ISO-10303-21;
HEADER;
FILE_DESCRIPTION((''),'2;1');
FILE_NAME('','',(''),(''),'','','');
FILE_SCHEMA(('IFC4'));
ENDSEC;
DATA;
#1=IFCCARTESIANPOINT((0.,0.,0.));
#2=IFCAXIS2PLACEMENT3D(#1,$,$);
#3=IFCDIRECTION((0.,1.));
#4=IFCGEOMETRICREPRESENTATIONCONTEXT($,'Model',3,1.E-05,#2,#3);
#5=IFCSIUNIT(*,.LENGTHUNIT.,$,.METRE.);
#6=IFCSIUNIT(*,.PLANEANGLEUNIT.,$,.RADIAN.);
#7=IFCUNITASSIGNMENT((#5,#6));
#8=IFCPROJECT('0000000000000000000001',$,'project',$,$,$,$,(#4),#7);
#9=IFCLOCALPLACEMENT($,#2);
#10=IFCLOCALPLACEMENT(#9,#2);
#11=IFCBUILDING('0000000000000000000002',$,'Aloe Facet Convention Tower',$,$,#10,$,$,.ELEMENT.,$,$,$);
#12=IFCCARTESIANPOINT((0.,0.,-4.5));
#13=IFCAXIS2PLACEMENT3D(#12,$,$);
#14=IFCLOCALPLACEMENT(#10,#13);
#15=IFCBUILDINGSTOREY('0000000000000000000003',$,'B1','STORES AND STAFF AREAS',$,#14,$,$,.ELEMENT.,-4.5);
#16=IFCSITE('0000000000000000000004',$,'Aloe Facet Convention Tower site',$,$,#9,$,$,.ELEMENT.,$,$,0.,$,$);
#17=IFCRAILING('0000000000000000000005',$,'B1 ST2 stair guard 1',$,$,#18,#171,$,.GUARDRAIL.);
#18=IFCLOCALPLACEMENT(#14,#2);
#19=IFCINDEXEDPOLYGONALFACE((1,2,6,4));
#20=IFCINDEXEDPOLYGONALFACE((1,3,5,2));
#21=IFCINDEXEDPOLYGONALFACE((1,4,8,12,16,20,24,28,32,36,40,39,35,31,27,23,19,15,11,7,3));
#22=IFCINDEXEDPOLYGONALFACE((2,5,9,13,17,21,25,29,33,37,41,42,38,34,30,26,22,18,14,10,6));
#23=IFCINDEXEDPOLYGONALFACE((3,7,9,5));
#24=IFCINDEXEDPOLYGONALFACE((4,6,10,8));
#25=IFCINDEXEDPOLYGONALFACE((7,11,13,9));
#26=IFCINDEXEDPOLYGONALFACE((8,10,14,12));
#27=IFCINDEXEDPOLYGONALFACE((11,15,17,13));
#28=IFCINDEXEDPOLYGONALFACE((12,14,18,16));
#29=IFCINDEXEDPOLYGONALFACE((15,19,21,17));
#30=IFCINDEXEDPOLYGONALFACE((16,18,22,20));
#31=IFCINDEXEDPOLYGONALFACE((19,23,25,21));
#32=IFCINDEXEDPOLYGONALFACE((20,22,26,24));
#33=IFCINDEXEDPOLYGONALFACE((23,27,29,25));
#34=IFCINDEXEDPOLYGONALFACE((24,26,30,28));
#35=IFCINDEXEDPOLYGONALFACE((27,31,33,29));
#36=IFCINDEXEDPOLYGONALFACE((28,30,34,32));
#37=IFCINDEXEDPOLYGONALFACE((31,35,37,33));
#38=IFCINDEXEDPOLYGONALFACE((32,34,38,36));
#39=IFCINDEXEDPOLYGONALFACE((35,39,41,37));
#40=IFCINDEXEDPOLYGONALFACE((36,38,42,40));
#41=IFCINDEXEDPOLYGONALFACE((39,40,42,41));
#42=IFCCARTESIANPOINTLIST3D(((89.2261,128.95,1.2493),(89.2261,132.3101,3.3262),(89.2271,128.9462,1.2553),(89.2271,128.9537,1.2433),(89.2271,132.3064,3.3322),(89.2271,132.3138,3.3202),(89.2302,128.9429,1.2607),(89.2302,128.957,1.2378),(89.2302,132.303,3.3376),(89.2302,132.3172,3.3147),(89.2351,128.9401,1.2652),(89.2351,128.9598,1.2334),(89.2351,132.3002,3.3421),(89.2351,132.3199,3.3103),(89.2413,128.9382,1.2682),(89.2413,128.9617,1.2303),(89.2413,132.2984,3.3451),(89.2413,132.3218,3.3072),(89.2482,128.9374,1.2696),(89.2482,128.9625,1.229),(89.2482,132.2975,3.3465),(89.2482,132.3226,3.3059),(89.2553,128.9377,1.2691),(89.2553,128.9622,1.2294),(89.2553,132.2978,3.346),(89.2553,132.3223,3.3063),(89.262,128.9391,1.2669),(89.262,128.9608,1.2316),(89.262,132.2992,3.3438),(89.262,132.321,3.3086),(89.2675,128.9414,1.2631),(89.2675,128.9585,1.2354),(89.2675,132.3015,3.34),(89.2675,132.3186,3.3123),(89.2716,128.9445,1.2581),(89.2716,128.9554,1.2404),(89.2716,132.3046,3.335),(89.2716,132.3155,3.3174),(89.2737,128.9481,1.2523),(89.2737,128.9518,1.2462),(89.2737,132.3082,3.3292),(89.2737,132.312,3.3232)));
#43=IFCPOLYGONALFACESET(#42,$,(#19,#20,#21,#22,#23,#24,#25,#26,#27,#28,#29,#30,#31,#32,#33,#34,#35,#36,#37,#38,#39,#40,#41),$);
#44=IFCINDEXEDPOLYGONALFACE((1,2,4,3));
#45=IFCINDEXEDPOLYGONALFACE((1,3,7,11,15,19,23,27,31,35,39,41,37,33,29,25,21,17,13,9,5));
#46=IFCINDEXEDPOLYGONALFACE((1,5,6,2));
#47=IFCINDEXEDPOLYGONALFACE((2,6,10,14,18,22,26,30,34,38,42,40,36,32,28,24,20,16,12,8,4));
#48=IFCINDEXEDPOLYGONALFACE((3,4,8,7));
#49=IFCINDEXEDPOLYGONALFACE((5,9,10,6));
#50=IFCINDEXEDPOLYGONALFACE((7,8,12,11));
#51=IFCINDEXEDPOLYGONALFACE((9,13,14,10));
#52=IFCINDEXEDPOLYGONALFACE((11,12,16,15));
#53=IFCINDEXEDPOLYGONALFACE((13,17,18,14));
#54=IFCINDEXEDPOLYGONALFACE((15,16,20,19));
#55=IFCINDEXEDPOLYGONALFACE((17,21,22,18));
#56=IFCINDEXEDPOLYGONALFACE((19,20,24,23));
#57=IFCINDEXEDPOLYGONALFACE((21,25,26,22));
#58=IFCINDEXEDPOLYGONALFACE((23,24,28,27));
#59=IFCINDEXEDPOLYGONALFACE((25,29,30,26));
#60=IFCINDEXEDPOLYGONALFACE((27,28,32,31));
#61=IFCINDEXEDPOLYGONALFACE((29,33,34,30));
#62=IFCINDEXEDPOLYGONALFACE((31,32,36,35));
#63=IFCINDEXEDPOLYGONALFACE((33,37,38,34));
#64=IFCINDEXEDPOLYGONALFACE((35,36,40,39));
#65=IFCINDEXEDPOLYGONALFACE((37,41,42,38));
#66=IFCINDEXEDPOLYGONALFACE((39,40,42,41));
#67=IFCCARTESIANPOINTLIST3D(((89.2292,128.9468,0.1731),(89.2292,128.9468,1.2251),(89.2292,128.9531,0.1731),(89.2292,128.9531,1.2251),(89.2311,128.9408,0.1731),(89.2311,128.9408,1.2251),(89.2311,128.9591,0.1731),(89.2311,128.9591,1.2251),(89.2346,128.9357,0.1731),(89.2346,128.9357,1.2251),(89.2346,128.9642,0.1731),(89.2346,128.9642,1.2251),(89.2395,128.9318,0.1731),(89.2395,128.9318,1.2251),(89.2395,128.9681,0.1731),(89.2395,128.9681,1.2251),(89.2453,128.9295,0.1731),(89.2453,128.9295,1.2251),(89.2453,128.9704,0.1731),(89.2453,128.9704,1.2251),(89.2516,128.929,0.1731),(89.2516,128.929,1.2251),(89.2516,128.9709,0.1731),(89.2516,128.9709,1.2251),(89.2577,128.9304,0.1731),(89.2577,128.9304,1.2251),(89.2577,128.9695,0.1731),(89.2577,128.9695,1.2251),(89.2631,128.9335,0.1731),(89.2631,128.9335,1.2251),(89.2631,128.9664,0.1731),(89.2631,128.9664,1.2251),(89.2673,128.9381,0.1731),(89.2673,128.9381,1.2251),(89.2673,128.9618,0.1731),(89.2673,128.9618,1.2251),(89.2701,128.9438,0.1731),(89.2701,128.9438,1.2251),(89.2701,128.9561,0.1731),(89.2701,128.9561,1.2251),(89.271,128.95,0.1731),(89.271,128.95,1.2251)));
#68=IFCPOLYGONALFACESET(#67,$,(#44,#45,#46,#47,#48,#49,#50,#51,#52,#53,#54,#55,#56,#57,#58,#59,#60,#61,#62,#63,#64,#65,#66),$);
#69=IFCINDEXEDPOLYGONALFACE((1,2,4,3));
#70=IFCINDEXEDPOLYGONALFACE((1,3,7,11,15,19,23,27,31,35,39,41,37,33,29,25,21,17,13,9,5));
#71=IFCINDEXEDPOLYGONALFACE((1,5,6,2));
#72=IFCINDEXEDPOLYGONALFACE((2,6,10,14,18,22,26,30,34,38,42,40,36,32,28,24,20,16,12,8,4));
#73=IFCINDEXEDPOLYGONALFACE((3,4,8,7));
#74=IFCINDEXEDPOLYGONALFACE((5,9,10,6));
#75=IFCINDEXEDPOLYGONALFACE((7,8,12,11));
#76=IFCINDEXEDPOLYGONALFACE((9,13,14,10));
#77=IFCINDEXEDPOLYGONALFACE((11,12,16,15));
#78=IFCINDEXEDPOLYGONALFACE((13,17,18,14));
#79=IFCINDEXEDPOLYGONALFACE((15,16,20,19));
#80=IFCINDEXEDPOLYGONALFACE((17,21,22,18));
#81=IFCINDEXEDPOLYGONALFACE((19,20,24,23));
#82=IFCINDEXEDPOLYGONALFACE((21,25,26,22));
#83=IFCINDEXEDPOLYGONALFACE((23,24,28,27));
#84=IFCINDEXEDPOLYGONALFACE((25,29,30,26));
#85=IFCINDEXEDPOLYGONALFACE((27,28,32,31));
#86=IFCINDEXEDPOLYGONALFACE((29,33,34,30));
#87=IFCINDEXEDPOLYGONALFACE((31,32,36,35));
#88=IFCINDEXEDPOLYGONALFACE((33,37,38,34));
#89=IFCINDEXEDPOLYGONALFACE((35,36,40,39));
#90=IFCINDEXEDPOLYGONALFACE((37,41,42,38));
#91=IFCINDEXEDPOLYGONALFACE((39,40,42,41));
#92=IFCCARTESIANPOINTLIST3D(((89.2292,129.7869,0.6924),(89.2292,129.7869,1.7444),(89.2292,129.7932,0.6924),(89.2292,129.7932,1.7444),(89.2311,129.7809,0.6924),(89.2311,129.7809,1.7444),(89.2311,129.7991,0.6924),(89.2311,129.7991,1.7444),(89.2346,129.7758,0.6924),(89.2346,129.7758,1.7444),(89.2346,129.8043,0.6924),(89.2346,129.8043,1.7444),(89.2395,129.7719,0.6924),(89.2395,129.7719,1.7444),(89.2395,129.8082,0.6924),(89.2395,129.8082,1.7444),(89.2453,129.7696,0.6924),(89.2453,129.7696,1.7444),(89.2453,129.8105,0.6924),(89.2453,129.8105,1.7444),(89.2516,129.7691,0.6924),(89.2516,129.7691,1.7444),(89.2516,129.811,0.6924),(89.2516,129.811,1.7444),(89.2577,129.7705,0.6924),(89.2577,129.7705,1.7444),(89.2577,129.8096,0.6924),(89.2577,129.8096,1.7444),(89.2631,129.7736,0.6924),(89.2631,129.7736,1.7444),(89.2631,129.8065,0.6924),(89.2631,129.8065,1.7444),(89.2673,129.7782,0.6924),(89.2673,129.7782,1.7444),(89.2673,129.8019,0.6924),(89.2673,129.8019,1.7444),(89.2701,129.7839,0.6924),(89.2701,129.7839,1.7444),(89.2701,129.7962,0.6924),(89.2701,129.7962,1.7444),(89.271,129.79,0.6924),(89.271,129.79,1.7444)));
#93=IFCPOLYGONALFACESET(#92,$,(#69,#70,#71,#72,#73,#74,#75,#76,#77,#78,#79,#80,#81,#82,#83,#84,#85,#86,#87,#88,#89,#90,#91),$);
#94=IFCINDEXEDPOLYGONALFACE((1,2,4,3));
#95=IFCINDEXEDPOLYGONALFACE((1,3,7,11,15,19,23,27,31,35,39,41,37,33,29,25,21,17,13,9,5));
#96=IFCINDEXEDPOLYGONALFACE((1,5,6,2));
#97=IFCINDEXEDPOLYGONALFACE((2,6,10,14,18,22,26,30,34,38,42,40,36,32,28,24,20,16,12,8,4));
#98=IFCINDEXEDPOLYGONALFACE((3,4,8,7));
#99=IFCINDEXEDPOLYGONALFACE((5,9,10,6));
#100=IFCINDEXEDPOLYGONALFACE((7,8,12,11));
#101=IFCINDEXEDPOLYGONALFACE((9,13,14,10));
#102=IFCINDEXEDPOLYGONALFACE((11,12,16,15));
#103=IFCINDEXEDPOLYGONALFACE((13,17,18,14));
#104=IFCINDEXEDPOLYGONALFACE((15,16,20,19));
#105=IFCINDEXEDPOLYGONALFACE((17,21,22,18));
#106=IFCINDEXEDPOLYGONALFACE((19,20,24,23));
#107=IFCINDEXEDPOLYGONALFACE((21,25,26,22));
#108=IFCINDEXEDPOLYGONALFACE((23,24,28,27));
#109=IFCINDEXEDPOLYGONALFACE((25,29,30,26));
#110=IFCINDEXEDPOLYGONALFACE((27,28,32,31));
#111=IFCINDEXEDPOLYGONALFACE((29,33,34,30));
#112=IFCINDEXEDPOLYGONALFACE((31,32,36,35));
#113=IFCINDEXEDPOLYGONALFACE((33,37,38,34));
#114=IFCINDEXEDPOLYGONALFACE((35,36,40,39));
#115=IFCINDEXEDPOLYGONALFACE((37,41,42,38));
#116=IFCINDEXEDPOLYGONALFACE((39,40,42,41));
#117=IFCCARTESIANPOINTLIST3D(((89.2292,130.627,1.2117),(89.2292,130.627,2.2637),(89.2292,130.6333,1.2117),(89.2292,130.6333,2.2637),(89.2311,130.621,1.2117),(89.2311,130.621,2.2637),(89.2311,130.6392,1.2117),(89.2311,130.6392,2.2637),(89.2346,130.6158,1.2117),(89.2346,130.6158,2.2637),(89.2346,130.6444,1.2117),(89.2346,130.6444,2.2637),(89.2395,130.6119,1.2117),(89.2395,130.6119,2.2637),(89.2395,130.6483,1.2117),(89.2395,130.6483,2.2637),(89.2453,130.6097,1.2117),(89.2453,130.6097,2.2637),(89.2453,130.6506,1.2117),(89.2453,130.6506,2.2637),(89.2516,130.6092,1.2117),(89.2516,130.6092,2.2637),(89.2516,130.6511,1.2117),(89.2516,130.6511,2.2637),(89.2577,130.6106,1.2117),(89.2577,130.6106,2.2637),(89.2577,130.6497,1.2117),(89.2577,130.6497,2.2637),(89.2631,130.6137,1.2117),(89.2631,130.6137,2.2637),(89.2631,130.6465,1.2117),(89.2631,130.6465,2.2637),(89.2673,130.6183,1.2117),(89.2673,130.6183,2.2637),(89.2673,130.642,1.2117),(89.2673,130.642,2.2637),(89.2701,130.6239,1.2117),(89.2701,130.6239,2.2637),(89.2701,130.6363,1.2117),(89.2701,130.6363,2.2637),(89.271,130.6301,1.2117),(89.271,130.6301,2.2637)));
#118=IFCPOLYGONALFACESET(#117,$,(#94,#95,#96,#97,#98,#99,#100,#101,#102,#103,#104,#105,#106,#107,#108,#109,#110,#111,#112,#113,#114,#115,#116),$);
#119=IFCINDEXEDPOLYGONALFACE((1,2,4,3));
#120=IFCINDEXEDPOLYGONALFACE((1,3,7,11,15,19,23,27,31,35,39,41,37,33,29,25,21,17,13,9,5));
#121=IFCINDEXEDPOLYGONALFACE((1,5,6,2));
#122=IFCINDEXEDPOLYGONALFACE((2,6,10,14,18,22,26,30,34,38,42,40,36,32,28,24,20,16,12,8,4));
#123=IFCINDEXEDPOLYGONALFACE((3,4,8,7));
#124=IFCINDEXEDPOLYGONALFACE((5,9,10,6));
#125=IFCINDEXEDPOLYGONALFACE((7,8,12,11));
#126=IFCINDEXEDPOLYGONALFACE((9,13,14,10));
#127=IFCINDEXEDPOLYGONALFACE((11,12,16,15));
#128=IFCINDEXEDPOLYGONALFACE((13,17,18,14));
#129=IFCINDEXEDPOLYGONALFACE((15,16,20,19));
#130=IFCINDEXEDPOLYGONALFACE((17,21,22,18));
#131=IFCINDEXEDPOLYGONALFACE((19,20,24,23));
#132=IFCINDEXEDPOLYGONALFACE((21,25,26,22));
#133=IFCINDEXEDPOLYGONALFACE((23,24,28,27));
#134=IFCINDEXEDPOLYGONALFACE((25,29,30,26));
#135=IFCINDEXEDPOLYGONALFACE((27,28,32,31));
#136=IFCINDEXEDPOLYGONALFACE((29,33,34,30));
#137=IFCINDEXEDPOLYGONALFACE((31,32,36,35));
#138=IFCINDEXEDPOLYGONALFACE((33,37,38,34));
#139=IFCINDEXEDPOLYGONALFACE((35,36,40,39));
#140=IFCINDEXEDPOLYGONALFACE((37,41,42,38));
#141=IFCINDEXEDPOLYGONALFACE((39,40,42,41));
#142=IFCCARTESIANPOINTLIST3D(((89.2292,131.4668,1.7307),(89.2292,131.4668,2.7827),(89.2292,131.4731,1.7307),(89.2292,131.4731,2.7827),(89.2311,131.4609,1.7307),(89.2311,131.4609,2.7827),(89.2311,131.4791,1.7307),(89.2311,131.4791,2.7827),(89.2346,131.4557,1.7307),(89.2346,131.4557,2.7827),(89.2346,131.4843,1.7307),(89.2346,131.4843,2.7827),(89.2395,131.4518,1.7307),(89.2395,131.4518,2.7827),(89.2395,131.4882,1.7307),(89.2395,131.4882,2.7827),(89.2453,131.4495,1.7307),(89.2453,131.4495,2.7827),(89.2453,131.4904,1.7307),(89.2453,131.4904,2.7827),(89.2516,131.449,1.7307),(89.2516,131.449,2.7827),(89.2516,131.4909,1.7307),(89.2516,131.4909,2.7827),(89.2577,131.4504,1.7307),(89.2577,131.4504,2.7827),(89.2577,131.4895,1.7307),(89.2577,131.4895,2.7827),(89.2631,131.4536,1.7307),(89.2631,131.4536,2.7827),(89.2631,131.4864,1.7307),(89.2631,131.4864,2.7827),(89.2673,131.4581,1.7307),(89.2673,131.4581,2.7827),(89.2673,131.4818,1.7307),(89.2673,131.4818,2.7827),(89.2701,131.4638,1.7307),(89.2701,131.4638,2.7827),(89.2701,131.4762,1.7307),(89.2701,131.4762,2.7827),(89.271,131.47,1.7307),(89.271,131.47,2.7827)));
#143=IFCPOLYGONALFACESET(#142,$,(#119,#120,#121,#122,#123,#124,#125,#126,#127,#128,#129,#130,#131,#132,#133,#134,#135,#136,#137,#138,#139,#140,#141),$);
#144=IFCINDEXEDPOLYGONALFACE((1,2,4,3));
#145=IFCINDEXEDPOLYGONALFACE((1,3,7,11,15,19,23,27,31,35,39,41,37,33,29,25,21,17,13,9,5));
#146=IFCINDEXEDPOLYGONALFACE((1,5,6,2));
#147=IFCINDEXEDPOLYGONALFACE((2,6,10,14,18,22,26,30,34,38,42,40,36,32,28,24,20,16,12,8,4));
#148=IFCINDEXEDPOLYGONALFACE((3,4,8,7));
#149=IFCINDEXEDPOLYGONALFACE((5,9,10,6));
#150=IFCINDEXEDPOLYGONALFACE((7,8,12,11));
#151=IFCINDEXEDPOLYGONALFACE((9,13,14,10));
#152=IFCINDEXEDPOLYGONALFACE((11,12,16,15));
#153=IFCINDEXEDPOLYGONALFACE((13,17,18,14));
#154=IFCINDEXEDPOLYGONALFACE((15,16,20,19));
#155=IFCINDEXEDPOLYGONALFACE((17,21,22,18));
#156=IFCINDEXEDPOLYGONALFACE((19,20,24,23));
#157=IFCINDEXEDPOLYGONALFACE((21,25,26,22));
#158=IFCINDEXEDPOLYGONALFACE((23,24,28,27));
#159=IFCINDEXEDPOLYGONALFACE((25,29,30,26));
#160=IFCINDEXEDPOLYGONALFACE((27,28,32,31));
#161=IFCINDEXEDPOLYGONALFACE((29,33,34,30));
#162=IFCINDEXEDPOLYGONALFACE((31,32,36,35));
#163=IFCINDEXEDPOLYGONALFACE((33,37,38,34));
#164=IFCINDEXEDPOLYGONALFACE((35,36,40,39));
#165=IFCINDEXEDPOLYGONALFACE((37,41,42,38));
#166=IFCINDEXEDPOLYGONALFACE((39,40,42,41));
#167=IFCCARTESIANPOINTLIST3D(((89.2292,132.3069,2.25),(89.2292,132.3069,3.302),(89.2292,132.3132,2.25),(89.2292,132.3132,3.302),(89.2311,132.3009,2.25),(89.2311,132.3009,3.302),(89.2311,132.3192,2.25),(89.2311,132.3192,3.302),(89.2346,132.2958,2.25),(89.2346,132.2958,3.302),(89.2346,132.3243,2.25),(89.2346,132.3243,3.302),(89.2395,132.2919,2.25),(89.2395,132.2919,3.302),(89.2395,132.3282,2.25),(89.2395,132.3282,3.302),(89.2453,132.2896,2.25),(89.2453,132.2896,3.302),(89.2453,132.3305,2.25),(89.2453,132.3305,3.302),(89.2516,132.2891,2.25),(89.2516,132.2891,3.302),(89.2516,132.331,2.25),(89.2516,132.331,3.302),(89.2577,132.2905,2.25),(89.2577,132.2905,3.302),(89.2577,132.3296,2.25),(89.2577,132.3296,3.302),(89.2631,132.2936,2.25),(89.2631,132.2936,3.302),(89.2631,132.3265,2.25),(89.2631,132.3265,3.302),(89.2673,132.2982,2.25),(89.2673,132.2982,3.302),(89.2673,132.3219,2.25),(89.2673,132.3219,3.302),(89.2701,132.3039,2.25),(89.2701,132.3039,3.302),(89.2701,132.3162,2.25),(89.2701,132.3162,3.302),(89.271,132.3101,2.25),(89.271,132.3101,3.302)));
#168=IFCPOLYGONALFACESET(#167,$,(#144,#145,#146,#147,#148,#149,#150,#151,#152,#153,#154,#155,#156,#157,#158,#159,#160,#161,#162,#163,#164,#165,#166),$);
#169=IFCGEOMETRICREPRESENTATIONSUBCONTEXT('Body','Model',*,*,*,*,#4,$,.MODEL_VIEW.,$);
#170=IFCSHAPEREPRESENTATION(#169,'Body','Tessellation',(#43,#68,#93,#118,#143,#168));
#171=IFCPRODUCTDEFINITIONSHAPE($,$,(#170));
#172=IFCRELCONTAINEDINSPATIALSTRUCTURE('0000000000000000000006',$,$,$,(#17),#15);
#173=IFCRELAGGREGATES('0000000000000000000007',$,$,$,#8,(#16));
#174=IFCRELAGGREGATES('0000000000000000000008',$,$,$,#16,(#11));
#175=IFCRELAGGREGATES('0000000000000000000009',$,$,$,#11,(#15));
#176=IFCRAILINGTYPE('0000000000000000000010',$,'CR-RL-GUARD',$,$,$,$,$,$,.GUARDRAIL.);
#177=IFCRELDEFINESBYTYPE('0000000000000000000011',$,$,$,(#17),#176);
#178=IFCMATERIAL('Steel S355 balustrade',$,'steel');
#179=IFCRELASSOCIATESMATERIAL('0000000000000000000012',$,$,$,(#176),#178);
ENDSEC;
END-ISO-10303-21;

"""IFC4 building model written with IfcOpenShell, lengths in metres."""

from ifc_helpers import new_model, si_unit, direction, frame, origin, origin_2d, place, context, subcontext, project, spatial, circle, extrude, material, type_object, element, save


model = new_model("IFC4")

# Units and contexts
model_context = context("Model", 3, precision=1e-05, world=origin(), true_north=direction((0.0, 1.0)))
body_context = subcontext(model_context, "Body", "Model", "MODEL_VIEW")
ifc_project = project(units=[si_unit("LENGTHUNIT", "METRE"), si_unit("PLANEANGLEUNIT", "RADIAN")], contexts=[model_context])

# Site, building, storey
site_placement = place(None, origin())
site = spatial("IfcSite", under=ifc_project, at=site_placement, Name="Aloe Facet Convention Tower site", CompositionType="ELEMENT", RefElevation=0.0)
building_placement = place(site_placement, origin())
building = spatial("IfcBuilding", under=site, at=building_placement, Name="Aloe Facet Convention Tower", CompositionType="ELEMENT")
storey_placement = place(building_placement, frame((0.0, 0.0, -4.5)))
storey = spatial("IfcBuildingStorey", under=building, at=storey_placement, Name="B1", Description="STORES AND STAFF AREAS", CompositionType="ELEMENT", Elevation=-4.5)

# Railing
ifc_material_1 = material(Name="Steel S355 balustrade", Category="steel")
railing_type_1 = type_object("IfcRailingType", Name="CR-RL-GUARD", PredefinedType="GUARDRAIL", material=ifc_material_1)
railing_1_placement = place(storey_placement, frame((89.25, 128.95, 0.1731)))
element("IfcRailing", 1, at=railing_1_placement, inside=storey, type_object=railing_type_1, Name="B1 ST2 stair guard 1", PredefinedType="GUARDRAIL", context=body_context, shape_type="SweptSolid", body=[
    extrude(circle(Radius=0.0239, at=origin_2d()), frame((0.0, 0.0, 1.0762), z_axis=(0.0, 0.850623, 0.525776), x_axis=(-1.0, 0.0, 0.0)), (0.0, 0.0, 1.0), 3.9502),
    extrude(circle(Radius=0.021, at=origin_2d()), origin(), (0.0, 0.0, 1.0), 1.052),
    extrude(circle(Radius=0.021, at=origin_2d()), frame((0.0, 0.8401, 0.5193)), (0.0, 0.0, 1.0), 1.052),
    extrude(circle(Radius=0.021, at=origin_2d()), frame((0.0, 1.6802, 1.0386)), (0.0, 0.0, 1.0), 1.052),
    extrude(circle(Radius=0.021, at=origin_2d()), frame((0.0, 2.52, 1.5576)), (0.0, 0.0, 1.0), 1.052),
    extrude(circle(Radius=0.021, at=origin_2d()), frame((0.0, 3.3601, 2.0769)), (0.0, 0.0, 1.0), 1.052),
])

save(model, "model.ifc")
